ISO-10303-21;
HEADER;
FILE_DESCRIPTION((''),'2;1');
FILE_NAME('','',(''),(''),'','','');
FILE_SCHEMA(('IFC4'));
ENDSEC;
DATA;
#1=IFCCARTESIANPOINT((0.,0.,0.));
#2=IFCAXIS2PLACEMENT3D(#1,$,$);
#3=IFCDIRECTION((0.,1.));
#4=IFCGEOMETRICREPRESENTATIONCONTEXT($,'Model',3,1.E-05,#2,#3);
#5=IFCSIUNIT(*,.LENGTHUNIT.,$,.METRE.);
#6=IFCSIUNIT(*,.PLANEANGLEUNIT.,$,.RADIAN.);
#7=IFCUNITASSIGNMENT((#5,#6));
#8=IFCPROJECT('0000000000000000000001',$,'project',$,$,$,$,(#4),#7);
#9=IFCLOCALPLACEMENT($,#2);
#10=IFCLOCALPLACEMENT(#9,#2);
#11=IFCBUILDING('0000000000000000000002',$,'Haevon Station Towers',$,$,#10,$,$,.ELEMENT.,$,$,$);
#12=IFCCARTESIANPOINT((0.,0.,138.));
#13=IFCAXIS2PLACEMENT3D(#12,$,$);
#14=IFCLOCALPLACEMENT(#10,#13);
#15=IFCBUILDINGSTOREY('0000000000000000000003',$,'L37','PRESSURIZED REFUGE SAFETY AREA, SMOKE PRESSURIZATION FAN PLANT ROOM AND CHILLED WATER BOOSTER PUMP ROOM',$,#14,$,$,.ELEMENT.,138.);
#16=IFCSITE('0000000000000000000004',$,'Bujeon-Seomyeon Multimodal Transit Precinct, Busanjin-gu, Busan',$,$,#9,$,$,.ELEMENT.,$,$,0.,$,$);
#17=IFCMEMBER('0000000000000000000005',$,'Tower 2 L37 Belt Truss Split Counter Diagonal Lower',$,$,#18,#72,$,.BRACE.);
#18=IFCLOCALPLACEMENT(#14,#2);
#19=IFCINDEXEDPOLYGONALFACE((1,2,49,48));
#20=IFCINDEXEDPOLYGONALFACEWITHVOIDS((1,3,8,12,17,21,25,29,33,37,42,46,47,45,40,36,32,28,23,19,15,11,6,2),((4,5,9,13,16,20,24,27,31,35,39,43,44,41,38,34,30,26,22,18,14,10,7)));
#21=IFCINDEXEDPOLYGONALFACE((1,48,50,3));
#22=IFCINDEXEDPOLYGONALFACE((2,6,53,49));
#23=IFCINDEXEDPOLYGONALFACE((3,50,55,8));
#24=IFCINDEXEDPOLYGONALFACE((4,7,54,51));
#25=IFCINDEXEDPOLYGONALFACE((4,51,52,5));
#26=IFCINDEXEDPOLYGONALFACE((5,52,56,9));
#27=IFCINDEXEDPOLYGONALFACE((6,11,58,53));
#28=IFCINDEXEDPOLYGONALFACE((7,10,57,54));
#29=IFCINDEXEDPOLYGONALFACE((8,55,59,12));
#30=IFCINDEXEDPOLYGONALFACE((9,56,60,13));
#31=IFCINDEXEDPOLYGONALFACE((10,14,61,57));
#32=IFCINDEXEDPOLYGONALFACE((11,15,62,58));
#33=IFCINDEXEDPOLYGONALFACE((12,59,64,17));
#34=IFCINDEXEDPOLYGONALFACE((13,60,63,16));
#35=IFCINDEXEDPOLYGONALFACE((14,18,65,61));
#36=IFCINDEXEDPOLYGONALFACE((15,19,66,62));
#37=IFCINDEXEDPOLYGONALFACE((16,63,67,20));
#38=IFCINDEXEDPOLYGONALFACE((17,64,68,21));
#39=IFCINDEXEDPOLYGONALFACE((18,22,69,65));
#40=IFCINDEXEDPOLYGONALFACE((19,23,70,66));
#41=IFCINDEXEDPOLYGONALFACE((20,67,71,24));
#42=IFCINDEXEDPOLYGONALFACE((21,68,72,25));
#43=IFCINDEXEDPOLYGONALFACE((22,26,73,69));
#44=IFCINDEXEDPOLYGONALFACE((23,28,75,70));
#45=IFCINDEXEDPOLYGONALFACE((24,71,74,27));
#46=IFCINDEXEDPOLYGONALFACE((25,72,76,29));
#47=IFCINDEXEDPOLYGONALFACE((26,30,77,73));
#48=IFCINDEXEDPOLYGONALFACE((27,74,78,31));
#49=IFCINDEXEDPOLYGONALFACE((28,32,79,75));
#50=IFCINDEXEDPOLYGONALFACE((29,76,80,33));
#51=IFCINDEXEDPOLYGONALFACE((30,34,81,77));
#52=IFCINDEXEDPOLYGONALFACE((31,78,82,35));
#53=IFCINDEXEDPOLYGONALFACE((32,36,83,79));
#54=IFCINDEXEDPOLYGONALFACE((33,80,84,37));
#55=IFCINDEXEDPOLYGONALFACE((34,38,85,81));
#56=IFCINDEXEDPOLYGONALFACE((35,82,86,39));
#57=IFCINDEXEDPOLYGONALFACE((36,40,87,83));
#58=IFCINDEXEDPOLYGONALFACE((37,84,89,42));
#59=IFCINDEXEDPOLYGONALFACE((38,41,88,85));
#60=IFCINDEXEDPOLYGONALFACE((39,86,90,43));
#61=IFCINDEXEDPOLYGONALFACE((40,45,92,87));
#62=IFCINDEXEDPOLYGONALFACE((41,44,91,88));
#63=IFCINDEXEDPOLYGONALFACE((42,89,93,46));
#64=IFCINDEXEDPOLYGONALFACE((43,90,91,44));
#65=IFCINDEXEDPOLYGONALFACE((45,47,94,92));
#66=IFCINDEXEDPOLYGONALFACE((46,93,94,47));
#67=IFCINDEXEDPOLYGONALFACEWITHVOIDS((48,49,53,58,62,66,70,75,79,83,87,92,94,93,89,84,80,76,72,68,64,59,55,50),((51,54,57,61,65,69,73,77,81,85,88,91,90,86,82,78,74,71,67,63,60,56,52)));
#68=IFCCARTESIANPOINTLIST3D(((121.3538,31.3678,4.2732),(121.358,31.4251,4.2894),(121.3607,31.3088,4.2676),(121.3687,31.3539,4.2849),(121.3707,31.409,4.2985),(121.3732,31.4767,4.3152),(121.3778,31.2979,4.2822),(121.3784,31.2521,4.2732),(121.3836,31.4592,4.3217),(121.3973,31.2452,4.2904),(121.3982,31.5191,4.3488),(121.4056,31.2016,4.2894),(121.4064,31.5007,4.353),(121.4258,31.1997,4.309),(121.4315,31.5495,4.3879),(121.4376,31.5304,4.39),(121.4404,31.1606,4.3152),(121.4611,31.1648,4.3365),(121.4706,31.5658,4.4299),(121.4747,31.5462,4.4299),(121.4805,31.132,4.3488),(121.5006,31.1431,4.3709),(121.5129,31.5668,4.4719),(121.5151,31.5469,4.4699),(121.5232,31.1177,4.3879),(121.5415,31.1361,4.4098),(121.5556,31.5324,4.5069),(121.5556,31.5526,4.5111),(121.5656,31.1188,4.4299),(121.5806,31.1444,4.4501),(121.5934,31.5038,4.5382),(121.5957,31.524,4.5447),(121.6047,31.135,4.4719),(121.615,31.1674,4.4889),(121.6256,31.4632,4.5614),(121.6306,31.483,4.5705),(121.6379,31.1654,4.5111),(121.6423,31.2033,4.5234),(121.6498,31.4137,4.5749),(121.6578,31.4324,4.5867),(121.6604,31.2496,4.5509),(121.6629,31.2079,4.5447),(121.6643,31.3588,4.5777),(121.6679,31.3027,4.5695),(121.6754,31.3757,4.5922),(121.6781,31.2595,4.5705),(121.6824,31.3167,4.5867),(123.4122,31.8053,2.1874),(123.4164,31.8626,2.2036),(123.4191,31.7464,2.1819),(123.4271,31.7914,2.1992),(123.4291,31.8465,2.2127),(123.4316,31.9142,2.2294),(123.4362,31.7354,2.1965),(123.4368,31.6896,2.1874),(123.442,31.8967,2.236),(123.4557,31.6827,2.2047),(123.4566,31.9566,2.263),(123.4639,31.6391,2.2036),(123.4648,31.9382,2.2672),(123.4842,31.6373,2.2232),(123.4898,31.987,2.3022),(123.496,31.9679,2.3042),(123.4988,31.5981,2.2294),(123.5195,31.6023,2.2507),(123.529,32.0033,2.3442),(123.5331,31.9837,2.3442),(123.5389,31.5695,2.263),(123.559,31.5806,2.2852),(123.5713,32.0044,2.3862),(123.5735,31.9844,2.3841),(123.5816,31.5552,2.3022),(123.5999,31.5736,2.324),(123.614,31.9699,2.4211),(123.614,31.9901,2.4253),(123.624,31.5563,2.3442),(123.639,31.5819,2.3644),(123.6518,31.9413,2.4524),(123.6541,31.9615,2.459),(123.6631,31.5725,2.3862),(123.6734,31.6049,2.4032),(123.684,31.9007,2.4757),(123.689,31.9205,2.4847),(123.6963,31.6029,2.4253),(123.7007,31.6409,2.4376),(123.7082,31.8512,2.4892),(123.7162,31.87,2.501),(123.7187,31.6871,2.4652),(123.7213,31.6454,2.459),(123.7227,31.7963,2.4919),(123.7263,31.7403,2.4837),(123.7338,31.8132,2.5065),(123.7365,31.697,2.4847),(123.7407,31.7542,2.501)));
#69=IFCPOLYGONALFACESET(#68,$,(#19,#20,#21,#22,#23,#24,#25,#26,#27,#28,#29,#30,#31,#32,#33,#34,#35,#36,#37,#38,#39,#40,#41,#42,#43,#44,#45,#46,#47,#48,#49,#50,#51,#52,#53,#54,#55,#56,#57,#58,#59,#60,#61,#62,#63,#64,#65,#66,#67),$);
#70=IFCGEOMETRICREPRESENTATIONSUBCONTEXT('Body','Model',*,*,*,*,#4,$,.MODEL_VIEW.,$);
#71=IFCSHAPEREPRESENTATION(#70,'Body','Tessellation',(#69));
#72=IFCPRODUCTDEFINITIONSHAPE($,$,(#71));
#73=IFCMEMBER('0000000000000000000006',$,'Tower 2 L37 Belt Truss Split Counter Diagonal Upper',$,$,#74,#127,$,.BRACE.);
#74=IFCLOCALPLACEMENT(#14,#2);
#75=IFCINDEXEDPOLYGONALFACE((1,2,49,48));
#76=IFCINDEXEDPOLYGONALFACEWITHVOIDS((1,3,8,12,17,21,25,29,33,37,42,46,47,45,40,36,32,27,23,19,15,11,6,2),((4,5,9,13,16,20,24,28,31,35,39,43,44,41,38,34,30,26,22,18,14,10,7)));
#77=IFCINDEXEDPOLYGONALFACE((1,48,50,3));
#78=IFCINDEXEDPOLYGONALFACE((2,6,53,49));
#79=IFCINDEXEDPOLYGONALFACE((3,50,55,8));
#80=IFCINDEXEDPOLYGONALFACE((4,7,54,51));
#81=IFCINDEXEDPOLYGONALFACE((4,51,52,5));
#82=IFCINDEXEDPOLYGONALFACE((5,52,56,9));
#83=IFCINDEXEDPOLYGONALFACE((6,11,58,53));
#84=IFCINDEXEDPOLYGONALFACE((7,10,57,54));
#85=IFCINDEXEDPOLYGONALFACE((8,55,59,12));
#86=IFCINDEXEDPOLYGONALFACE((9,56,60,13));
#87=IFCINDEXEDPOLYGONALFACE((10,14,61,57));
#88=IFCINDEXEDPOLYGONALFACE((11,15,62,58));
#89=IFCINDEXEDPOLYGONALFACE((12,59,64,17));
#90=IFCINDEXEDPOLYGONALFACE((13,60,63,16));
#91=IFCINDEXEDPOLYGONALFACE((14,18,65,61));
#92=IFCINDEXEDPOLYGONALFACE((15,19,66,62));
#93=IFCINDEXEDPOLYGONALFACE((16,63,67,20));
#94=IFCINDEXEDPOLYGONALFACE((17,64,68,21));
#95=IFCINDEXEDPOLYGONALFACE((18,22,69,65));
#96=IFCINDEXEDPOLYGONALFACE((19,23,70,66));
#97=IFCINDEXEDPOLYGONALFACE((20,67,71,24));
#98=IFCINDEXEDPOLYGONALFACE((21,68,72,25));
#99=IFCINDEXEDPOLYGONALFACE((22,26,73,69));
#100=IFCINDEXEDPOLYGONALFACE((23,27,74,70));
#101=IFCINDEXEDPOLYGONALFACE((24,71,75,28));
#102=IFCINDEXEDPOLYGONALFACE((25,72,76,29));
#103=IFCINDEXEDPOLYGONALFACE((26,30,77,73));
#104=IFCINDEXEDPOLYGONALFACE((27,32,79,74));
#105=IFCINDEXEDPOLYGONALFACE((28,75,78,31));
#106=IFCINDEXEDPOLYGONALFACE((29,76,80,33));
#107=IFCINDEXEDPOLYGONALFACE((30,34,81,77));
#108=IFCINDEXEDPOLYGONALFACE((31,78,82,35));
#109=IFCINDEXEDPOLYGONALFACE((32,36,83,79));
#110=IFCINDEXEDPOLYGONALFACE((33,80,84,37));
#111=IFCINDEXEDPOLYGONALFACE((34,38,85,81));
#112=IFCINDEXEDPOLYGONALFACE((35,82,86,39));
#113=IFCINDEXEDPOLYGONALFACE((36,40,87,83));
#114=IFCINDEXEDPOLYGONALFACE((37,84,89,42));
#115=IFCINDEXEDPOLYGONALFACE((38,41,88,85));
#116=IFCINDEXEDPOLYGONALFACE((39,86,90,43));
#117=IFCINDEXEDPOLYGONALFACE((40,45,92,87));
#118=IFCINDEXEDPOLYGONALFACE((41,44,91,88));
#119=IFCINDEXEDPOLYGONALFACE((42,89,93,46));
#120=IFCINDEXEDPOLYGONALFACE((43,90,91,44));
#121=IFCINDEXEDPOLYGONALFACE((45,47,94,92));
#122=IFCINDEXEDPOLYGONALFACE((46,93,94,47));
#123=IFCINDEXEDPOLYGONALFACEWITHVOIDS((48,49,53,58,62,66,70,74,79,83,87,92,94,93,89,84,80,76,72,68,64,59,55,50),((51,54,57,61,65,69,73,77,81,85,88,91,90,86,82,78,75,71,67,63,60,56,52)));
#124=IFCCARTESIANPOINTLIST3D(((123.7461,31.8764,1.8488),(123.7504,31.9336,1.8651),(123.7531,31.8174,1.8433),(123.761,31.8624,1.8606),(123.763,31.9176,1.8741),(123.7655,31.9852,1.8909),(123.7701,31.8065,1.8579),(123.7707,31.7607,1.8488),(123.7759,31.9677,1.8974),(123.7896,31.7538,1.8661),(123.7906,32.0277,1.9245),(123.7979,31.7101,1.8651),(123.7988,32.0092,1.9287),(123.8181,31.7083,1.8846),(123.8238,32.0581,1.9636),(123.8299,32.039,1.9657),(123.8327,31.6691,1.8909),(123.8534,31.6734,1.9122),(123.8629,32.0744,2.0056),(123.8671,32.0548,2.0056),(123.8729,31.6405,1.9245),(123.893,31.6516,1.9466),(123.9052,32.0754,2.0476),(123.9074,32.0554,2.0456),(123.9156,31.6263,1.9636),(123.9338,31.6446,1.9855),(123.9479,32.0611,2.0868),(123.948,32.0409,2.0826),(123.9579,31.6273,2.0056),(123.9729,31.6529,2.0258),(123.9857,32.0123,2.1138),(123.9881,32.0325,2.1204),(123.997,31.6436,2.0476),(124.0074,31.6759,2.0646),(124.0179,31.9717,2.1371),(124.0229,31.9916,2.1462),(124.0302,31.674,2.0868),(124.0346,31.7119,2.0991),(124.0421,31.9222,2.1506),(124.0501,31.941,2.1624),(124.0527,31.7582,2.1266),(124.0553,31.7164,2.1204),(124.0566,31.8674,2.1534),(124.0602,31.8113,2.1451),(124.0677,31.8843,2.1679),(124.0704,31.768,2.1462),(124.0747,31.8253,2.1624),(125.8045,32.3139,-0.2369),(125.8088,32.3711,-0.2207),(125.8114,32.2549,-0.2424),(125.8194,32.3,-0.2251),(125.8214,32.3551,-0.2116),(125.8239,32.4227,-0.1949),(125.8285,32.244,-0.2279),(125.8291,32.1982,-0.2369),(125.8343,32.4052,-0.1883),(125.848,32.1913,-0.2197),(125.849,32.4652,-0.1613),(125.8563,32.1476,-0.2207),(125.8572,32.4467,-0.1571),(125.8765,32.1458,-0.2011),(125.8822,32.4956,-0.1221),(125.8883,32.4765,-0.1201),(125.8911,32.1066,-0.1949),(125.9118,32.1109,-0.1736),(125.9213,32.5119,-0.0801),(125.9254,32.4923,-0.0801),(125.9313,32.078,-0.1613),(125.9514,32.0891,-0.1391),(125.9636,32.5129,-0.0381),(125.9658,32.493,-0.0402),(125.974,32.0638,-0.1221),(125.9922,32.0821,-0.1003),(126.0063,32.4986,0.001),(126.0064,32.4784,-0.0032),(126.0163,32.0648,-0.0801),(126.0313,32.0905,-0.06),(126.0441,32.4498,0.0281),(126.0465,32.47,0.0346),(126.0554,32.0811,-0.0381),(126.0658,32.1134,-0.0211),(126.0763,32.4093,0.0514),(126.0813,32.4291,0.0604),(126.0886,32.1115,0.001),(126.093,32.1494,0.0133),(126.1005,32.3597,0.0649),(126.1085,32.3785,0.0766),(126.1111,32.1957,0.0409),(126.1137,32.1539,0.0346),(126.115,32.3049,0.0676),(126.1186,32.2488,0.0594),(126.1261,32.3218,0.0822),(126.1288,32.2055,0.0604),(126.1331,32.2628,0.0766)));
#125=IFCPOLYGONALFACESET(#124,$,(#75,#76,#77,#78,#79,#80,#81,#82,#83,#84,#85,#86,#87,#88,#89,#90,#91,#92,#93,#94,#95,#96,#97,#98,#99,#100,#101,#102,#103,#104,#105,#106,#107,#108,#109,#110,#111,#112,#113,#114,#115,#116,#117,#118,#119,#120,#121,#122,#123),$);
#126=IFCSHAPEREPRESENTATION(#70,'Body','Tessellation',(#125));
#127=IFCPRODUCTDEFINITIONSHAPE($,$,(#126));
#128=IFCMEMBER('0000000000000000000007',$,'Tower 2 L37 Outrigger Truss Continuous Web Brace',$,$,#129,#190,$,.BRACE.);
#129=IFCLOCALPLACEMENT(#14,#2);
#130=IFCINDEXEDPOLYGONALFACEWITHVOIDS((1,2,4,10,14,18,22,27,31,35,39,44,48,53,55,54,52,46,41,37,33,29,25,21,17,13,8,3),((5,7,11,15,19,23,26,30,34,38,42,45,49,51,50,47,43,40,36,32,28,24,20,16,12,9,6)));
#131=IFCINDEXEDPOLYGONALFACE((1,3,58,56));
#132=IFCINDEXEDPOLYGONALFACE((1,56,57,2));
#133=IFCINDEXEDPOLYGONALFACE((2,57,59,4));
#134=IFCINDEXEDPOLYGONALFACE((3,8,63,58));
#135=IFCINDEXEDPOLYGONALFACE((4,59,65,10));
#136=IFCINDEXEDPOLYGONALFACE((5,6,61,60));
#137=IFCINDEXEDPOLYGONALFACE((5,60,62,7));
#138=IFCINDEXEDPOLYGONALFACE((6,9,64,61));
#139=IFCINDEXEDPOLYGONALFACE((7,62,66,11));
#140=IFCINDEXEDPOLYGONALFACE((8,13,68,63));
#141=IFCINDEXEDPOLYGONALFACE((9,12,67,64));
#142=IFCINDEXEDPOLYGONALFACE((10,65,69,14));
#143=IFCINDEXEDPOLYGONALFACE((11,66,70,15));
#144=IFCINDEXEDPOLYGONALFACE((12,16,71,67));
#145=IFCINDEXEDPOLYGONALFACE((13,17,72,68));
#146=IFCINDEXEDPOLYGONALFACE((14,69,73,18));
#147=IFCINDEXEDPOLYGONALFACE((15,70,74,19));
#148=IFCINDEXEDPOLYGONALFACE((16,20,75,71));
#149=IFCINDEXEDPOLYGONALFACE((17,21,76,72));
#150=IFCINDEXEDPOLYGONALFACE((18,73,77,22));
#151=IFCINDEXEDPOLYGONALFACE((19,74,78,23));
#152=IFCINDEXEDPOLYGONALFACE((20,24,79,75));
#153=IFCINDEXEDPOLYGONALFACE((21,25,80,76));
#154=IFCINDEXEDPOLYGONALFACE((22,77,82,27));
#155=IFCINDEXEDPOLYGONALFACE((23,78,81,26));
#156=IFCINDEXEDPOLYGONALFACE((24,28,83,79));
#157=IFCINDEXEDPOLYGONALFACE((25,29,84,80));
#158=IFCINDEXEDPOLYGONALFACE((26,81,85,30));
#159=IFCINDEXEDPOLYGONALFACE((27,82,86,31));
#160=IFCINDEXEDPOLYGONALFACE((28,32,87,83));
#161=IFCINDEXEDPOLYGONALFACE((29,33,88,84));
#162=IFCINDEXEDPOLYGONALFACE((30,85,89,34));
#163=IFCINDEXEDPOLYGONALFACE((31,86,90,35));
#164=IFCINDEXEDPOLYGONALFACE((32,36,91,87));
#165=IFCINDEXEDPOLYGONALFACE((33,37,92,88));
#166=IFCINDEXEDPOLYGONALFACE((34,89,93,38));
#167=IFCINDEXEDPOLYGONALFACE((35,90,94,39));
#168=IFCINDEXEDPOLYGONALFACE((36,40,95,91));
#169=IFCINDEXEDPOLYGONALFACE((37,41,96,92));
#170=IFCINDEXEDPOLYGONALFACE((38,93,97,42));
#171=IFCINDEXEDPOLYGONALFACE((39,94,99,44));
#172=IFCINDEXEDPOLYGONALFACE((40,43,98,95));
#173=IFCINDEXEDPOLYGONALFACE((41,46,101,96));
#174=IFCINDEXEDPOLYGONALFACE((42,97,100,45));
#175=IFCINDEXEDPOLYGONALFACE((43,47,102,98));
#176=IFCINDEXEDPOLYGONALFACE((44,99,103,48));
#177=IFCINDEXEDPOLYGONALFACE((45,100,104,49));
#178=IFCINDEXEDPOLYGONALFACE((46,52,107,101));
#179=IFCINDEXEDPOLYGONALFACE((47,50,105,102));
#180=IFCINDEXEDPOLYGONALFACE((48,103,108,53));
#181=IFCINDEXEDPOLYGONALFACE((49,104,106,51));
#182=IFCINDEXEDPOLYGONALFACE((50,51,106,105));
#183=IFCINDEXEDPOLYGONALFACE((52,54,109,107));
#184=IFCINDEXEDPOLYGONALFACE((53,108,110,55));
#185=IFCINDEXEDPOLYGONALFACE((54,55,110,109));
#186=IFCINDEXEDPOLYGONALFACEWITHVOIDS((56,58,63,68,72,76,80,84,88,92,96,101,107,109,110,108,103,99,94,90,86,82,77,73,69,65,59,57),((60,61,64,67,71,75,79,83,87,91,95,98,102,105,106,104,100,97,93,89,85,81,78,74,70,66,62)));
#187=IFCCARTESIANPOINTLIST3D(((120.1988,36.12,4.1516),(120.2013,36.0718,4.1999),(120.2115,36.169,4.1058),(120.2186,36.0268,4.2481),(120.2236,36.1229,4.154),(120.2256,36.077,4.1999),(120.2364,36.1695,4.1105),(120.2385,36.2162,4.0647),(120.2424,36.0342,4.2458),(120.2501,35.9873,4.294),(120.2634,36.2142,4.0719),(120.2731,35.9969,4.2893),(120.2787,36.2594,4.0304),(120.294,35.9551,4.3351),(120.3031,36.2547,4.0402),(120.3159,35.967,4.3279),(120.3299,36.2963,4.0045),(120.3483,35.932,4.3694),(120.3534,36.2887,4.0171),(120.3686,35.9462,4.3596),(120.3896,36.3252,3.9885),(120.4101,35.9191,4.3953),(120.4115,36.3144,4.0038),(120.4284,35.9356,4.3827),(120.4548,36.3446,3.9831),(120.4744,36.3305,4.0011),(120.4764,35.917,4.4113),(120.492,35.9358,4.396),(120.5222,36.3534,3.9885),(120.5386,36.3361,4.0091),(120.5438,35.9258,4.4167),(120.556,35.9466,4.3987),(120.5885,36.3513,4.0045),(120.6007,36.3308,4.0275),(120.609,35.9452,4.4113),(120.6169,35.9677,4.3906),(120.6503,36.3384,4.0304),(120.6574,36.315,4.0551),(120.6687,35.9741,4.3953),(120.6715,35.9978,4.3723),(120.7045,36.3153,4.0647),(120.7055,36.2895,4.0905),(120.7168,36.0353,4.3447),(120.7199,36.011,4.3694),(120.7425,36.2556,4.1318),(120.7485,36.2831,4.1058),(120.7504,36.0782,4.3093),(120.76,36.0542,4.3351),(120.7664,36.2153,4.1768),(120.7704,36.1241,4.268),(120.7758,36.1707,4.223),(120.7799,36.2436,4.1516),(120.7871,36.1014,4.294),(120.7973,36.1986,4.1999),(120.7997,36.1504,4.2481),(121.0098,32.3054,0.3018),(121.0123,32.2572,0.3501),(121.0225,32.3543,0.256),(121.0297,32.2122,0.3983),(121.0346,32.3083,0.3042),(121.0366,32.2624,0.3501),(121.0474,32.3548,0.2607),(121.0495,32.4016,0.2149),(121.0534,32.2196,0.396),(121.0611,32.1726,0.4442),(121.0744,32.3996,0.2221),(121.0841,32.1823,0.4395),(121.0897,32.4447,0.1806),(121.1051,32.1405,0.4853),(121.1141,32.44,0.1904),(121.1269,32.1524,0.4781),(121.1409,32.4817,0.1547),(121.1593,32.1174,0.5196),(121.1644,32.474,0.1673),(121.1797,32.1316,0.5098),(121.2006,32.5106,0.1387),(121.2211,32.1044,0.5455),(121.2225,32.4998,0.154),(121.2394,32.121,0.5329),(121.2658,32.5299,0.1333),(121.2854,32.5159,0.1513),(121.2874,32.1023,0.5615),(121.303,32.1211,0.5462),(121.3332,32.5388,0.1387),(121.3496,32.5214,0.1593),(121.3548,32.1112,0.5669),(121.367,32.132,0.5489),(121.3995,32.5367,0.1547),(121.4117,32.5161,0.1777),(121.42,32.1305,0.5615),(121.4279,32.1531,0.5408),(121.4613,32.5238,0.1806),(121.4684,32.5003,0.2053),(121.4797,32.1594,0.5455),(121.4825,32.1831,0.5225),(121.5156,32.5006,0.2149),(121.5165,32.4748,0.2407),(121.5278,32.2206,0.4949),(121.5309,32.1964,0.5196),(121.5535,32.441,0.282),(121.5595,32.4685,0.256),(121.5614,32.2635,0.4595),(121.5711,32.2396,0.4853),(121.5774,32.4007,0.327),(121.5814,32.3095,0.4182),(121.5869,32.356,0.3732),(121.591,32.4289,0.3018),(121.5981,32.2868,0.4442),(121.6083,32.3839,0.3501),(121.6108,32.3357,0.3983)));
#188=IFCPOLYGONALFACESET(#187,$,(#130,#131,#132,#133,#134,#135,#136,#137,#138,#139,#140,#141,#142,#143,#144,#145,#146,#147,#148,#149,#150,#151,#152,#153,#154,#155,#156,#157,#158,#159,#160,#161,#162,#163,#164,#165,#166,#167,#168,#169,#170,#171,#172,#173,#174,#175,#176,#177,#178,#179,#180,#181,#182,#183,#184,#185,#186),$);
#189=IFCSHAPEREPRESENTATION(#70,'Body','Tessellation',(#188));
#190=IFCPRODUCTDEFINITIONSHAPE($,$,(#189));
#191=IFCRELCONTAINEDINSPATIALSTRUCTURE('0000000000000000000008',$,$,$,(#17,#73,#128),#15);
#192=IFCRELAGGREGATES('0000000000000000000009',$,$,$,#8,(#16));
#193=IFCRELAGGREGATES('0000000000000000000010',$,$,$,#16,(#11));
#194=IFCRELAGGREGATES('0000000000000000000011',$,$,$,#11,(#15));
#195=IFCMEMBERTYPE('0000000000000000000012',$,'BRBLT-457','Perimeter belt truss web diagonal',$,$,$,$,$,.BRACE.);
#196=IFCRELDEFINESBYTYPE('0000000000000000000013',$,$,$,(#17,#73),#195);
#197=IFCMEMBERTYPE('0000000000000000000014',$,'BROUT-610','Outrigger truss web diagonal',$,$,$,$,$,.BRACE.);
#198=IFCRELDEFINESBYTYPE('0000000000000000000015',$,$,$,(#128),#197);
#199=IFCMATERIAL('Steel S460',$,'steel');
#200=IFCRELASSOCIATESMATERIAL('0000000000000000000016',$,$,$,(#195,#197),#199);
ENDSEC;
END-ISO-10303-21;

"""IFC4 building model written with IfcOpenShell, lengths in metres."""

from ifc_helpers import new_model, si_unit, direction, frame, origin, origin_2d, place, context, subcontext, project, spatial, hollow_circle, extrude, material, material_profile, profile_set, type_object, element, save


model = new_model("IFC4")

# Units and contexts
model_context = context("Model", 3, precision=1e-05, world=origin(), true_north=direction((0.0, 1.0)))
body_context = subcontext(model_context, "Body", "Model", "MODEL_VIEW")
ifc_project = project(units=[si_unit("LENGTHUNIT", "METRE"), si_unit("PLANEANGLEUNIT", "RADIAN")], contexts=[model_context])

# Site, building, storey
site_placement = place(None, origin())
site = spatial("IfcSite", under=ifc_project, at=site_placement, Name="Bujeon-Seomyeon Multimodal Transit Precinct, Busanjin-gu, Busan", CompositionType="ELEMENT", RefElevation=0.0)
building_placement = place(site_placement, origin())
building = spatial("IfcBuilding", under=site, at=building_placement, Name="Haevon Station Towers", CompositionType="ELEMENT")
storey_placement = place(building_placement, frame((0.0, 0.0, 138.0)))
storey = spatial("IfcBuildingStorey", under=building, at=storey_placement, Name="L37", Description="PRESSURIZED REFUGE SAFETY AREA, SMOKE PRESSURIZATION FAN PLANT ROOM AND CHILLED WATER BOOSTER PUMP ROOM", CompositionType="ELEMENT", Elevation=138.0)

# Shared definitions
ifc_material_1 = material(Name="Steel S460", Category="steel")

# Members
ifc_material_profile_1 = material_profile(ifc_material_1, hollow_circle(Radius=0.2285, WallThickness=0.02, at=origin_2d()), Name="CHS-457x20")
ifc_profile_set_1 = profile_set([ifc_material_profile_1], Name="Steel S460")
member_type_1 = type_object("IfcMemberType", Name="BRBLT-457", Description="Perimeter belt truss web diagonal", PredefinedType="BRACE", material=ifc_profile_set_1)
for number, where, z_axis, x_axis, name in (
    (1, (121.5181, 31.3423, 4.4299), (0.694726, 0.147663, -0.703955), (-0.207905, 0.978149, 0.0), "Tower 2 L37 Belt Truss Split Counter Diagonal Lower"),
    (2, (123.9104, 31.8508, 2.0056), (0.694726, 0.147663, -0.703955), (-0.207905, 0.978149, 0.0), "Tower 2 L37 Belt Truss Split Counter Diagonal Upper"),
):
    element("IfcMember", number, at=place(storey_placement, frame(where, z_axis=z_axis, x_axis=x_axis)), inside=storey, type_object=member_type_1, Name=name, PredefinedType="BRACE", context=body_context, shape_type="SweptSolid", body=[
        extrude(hollow_circle(Radius=0.2285, WallThickness=0.02, at=origin_2d()), origin(), (0.0, 0.0, 1.0), 2.9629),
    ])
ifc_material_profile_2 = material_profile(ifc_material_1, hollow_circle(Radius=0.3047, WallThickness=0.0249, at=origin_2d()), Name="CHS-609.6x25")
ifc_profile_set_2 = profile_set([ifc_material_profile_2], Name="Steel S460")
member_type_2 = type_object("IfcMemberType", Name="BROUT-610", Description="Outrigger truss web diagonal", PredefinedType="BRACE", material=ifc_profile_set_2)
member_1_placement = place(storey_placement, frame((121.3103, 32.3206, 0.3501), z_axis=(-0.147997, 0.696105, 0.70252), x_axis=(-0.978137, -0.20796, 0.0)))
element("IfcMember", 3, at=member_1_placement, inside=storey, type_object=member_type_2, Name="Tower 2 L37 Outrigger Truss Continuous Web Brace", PredefinedType="BRACE", context=body_context, shape_type="SweptSolid", body=[
    extrude(hollow_circle(Radius=0.3047, WallThickness=0.0249, at=origin_2d()), origin(), (0.0, 0.0, 1.0), 5.48),
])

save(model, "model.ifc")
